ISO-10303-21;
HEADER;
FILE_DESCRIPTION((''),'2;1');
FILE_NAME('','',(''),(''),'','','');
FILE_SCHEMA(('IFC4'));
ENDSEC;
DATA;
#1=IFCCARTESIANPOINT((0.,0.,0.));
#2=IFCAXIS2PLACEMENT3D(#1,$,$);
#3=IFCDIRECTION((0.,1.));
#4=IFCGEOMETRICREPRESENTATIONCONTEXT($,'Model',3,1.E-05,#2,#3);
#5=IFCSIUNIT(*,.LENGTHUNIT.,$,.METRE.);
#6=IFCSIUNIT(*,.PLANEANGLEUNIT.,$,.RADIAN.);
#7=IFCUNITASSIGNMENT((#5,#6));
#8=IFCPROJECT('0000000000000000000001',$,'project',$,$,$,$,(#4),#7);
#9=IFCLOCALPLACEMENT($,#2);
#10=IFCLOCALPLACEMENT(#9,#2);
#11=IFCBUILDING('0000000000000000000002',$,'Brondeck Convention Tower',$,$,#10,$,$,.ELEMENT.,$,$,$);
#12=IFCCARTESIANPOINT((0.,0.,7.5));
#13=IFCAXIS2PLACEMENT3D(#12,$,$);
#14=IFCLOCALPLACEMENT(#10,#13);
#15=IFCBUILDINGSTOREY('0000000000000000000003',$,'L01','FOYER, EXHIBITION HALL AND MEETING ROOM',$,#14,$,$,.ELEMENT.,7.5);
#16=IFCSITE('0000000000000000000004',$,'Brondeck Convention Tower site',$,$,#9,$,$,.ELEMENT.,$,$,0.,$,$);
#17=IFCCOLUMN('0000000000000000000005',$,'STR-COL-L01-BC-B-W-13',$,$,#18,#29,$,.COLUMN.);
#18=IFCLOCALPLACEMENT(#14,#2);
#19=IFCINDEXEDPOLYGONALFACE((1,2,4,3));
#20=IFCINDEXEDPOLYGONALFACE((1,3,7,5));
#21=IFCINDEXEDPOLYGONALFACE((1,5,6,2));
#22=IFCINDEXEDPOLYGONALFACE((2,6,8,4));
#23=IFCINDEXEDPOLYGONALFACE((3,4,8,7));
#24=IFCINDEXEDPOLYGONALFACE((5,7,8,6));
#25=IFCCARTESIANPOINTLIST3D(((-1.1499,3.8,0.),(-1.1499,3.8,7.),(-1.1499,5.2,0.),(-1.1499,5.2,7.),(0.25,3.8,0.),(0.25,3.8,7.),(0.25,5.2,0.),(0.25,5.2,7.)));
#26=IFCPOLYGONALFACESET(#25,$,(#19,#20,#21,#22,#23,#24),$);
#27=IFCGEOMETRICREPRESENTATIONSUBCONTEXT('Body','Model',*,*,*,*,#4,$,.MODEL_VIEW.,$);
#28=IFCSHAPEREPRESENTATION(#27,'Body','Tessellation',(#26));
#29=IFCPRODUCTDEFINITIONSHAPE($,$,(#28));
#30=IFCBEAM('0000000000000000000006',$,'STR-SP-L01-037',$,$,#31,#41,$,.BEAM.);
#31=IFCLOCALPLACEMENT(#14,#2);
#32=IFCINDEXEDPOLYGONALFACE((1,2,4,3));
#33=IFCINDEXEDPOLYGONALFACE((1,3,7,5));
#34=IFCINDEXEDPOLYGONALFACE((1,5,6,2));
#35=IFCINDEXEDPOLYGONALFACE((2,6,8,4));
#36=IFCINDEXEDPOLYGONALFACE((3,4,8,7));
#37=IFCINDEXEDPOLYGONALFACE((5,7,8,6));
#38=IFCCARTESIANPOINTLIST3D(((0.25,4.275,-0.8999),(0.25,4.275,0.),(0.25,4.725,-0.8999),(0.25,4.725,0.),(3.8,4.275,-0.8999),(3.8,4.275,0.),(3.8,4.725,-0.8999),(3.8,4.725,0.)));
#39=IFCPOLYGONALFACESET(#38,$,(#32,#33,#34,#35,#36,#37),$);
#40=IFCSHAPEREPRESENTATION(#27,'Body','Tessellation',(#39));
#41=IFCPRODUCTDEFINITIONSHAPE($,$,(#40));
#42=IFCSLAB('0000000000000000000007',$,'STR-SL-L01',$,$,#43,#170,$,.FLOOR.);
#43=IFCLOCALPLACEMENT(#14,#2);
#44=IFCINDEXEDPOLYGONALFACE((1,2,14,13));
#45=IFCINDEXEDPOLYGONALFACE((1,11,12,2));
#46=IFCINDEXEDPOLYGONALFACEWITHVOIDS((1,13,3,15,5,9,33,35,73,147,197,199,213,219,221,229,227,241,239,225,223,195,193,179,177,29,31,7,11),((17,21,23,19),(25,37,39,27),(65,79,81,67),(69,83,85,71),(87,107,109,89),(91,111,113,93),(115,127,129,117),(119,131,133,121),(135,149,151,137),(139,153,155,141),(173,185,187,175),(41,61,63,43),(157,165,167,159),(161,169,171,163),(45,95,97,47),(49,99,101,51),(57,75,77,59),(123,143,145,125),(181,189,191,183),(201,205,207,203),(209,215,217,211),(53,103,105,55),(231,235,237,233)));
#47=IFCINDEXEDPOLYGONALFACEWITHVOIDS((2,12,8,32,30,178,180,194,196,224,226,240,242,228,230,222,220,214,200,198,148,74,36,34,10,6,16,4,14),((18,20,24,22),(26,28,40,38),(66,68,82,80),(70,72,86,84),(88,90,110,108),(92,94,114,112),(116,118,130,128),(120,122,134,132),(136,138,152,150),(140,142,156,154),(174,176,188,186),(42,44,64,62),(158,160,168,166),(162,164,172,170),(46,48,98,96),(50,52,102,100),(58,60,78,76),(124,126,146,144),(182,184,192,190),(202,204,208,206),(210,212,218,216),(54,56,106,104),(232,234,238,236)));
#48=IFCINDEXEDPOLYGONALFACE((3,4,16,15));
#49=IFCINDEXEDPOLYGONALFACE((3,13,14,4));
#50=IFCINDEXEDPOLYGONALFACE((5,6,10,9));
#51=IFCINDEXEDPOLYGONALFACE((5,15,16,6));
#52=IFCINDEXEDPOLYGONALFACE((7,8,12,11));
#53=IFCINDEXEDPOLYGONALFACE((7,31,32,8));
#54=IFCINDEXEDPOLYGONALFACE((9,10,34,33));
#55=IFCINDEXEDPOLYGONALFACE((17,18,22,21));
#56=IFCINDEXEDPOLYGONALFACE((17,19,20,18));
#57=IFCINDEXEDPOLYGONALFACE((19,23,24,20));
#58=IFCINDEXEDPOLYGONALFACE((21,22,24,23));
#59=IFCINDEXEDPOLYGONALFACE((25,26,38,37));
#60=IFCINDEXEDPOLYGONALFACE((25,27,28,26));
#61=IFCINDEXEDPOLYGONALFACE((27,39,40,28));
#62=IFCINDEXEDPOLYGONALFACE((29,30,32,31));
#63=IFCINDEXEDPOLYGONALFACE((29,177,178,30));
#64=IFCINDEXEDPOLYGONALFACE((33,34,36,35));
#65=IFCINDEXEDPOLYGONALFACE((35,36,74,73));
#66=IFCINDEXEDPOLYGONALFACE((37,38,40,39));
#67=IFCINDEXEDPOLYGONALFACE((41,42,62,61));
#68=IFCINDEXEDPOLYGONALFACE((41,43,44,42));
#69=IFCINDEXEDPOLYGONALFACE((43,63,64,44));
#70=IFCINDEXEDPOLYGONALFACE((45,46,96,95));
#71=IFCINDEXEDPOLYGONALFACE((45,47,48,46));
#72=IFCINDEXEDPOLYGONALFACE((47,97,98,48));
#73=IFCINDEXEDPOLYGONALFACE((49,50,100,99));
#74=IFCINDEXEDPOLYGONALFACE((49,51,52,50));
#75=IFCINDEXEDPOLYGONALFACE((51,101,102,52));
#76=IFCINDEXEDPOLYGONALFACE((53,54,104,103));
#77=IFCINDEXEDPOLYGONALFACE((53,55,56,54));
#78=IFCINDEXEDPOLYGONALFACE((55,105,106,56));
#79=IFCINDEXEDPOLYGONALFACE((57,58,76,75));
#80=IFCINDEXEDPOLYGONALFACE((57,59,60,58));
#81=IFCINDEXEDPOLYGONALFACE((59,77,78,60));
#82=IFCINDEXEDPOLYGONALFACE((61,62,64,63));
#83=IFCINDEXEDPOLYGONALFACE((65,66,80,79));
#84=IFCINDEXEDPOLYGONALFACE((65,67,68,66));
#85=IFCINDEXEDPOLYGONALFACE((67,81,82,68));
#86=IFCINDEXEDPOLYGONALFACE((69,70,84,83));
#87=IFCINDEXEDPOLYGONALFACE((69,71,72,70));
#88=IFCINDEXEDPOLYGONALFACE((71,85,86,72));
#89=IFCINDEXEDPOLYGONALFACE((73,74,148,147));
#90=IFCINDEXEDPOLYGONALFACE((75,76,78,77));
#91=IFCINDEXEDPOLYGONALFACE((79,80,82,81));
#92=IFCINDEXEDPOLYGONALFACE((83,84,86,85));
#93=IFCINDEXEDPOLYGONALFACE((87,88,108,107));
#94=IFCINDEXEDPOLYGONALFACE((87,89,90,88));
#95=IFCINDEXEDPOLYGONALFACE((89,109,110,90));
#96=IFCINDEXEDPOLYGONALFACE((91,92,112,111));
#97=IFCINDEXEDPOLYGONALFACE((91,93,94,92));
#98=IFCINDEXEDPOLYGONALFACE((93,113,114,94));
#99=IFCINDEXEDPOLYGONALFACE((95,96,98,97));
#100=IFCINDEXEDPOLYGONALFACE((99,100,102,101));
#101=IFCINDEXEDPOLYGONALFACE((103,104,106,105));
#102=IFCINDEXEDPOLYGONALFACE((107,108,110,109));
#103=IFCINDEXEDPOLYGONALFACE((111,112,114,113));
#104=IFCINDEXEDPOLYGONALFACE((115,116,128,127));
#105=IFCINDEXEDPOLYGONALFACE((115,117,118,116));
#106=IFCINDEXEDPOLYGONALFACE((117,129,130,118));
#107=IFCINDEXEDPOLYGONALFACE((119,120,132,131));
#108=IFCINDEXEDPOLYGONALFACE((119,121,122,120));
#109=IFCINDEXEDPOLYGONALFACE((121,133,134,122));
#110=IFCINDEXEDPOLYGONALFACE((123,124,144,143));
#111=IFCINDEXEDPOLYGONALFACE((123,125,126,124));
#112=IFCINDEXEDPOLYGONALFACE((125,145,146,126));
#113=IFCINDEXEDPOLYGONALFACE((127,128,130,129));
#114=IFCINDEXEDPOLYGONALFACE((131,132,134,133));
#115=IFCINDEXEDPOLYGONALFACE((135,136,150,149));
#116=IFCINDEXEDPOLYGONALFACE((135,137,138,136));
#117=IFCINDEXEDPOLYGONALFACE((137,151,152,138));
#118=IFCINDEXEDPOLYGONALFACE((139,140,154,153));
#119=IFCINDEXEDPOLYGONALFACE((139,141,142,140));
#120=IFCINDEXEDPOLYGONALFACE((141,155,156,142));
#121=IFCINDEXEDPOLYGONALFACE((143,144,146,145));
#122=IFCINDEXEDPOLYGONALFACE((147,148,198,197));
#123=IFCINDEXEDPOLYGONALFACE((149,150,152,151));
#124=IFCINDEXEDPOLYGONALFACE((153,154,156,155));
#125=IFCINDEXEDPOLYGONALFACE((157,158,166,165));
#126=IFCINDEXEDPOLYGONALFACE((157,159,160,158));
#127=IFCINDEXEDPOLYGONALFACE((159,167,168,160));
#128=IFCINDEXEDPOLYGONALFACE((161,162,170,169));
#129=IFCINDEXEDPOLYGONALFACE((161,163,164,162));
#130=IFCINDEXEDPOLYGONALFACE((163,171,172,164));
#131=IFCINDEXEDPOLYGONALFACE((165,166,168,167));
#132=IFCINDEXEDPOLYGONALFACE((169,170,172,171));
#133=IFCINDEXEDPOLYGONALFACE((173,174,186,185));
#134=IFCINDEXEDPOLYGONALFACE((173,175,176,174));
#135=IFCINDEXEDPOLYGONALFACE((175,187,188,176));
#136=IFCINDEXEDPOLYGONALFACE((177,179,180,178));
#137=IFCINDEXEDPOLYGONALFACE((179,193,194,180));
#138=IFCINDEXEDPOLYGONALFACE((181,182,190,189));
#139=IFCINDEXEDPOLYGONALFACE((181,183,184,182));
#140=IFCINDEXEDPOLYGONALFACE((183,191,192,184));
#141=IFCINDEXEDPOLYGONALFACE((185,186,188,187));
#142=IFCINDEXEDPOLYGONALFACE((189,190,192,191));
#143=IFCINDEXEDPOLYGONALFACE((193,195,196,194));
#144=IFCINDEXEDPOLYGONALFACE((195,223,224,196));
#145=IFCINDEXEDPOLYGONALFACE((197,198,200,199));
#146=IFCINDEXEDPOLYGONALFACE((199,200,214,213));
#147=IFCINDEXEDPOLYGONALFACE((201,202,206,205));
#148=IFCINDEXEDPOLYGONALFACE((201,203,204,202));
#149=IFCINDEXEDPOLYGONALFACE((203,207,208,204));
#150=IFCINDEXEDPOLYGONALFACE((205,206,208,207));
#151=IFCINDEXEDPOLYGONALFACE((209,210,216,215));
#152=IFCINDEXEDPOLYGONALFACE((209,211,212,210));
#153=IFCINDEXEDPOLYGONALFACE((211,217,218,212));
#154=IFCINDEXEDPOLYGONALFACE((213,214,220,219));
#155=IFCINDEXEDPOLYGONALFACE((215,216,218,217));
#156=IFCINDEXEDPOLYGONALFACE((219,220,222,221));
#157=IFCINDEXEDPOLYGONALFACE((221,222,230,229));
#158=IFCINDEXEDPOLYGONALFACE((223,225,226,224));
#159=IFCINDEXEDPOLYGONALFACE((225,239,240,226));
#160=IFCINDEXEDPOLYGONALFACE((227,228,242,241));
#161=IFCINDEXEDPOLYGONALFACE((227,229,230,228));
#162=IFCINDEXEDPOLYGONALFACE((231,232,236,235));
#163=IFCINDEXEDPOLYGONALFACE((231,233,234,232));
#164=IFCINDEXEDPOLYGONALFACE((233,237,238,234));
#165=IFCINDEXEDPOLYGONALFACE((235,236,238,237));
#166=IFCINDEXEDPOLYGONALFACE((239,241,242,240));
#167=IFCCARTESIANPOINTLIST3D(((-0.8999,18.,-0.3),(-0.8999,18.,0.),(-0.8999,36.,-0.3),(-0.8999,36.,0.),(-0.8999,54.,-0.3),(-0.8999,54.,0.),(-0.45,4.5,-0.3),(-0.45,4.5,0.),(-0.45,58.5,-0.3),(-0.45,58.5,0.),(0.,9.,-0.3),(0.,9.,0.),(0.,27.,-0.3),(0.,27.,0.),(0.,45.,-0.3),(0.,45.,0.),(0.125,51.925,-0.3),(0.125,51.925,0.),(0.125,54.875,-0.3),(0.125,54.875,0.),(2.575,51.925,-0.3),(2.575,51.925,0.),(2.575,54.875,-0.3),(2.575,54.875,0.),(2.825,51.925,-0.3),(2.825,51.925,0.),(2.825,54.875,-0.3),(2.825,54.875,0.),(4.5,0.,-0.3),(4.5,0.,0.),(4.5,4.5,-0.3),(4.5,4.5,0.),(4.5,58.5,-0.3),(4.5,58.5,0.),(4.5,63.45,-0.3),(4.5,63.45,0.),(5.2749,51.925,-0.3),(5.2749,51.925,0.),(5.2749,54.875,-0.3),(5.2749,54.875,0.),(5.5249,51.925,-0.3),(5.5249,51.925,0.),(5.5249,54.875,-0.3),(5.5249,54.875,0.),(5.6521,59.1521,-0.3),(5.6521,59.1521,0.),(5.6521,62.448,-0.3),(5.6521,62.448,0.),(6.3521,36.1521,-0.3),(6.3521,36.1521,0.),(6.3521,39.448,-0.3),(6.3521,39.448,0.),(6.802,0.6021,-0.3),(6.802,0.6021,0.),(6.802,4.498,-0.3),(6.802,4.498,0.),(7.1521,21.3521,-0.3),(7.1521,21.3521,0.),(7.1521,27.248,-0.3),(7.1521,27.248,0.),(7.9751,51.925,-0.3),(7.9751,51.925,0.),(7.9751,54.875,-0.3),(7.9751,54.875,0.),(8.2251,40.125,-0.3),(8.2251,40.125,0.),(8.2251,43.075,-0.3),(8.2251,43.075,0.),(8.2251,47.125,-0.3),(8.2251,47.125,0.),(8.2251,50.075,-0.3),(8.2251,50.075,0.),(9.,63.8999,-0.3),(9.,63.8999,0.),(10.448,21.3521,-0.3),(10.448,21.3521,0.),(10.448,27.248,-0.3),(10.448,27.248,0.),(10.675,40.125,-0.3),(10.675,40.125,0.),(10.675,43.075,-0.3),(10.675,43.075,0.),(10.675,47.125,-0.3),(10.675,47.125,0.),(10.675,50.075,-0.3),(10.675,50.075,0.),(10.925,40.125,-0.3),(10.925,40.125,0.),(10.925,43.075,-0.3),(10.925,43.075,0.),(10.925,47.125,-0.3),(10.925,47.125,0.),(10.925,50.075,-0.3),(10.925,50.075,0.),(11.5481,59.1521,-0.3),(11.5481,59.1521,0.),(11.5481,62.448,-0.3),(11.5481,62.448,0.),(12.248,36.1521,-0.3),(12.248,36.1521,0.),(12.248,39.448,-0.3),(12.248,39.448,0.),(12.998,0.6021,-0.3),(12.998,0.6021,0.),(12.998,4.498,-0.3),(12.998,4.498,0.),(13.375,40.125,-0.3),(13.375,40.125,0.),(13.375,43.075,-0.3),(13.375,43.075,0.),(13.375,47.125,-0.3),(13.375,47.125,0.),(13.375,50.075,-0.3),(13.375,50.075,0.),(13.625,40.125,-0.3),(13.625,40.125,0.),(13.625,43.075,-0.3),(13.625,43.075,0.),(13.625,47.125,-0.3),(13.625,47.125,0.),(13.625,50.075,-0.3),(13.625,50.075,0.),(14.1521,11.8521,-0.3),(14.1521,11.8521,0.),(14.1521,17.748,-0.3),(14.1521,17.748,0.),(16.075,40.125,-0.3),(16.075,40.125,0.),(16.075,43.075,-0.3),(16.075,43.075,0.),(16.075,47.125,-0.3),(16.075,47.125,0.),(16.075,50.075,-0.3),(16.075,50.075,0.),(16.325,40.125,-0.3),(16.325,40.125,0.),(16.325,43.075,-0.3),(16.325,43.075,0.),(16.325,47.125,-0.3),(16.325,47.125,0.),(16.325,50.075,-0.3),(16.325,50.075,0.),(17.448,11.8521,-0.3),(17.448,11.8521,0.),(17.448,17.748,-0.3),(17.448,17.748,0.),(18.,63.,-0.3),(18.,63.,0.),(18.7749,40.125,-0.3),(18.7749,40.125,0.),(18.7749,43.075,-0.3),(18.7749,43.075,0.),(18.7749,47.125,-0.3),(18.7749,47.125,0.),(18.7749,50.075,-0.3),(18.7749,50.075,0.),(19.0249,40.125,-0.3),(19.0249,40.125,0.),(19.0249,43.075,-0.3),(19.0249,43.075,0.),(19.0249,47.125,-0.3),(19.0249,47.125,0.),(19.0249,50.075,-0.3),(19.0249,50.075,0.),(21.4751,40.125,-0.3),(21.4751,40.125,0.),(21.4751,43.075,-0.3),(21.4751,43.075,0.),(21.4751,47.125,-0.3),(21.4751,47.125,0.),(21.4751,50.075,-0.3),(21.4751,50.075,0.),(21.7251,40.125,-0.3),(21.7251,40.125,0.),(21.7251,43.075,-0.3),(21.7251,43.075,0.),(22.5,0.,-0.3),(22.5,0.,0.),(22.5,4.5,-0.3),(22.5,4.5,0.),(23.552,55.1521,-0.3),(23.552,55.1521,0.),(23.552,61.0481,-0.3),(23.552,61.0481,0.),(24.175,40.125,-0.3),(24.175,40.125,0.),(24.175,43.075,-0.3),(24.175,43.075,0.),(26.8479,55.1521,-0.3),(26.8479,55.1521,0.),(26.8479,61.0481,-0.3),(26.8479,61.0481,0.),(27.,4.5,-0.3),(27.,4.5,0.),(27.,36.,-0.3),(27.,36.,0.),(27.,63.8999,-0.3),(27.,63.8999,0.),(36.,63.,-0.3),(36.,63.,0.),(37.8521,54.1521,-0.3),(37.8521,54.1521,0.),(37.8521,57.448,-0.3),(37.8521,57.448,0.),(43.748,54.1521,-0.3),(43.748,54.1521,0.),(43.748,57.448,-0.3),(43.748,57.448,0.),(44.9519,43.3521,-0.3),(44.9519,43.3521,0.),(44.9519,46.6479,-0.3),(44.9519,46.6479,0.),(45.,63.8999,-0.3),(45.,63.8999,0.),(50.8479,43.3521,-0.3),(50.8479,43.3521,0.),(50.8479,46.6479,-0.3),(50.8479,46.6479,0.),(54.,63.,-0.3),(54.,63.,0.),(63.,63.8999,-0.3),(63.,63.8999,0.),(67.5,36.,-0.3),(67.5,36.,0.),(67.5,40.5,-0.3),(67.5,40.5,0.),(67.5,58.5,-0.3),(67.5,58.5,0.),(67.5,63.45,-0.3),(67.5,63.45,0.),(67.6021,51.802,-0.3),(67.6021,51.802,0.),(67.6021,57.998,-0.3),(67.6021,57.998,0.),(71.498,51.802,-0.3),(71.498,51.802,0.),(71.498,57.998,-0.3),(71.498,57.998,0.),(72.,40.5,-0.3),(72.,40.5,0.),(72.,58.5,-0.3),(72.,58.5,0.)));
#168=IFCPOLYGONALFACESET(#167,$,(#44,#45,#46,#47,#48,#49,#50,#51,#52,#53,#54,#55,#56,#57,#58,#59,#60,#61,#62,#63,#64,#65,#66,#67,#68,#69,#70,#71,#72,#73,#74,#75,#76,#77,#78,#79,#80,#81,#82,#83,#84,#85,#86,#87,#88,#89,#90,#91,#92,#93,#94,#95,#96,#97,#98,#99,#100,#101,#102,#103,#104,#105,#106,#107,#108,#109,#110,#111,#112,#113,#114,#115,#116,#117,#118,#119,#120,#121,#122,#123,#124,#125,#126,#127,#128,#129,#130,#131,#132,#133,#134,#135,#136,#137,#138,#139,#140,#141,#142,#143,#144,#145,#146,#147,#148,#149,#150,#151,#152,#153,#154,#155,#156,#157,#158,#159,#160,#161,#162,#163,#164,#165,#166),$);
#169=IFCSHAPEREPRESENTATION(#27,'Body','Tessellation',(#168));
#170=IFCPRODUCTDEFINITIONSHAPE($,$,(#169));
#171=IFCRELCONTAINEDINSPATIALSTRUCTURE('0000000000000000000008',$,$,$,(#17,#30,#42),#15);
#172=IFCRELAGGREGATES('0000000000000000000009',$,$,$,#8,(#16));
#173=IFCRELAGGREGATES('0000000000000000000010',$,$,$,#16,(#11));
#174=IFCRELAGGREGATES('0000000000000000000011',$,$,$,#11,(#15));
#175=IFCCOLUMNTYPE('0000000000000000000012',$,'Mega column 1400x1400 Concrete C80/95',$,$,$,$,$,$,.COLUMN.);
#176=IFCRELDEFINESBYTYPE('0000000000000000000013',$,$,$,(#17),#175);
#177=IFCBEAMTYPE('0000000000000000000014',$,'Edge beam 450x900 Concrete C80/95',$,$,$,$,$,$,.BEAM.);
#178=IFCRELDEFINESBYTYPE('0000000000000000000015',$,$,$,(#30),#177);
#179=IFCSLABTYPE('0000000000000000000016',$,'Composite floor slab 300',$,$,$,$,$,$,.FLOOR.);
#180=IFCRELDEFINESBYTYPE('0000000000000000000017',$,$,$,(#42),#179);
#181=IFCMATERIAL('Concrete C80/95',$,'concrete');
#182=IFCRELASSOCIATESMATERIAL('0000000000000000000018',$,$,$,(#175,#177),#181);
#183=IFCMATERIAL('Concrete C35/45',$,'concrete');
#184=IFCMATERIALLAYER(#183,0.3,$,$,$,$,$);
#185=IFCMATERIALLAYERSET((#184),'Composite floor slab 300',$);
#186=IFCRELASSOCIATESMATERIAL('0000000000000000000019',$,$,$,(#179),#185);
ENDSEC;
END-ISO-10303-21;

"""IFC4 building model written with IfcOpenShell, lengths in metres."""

from ifc_helpers import new_model, si_unit, direction, frame, origin, origin_2d, place, context, subcontext, project, spatial, polyline, rectangle, outline, extrude, material, layer, layer_set, material_profile, profile_set, type_object, element, save


model = new_model("IFC4")

# Units and contexts
model_context = context("Model", 3, precision=1e-05, world=origin(), true_north=direction((0.0, 1.0)))
body_context = subcontext(model_context, "Body", "Model", "MODEL_VIEW")
ifc_project = project(units=[si_unit("LENGTHUNIT", "METRE"), si_unit("PLANEANGLEUNIT", "RADIAN")], contexts=[model_context])

# Site, building, storey
site_placement = place(None, origin())
site = spatial("IfcSite", under=ifc_project, at=site_placement, Name="Brondeck Convention Tower site", CompositionType="ELEMENT", RefElevation=0.0)
building_placement = place(site_placement, origin())
building = spatial("IfcBuilding", under=site, at=building_placement, Name="Brondeck Convention Tower", CompositionType="ELEMENT")
storey_placement = place(building_placement, frame((0.0, 0.0, 7.5)))
storey = spatial("IfcBuildingStorey", under=building, at=storey_placement, Name="L01", Description="FOYER, EXHIBITION HALL AND MEETING ROOM", CompositionType="ELEMENT", Elevation=7.5)

# Column
ifc_material_1 = material(Name="Concrete C80/95", Category="concrete")
ifc_material_profile_1 = material_profile(ifc_material_1, rectangle(XDim=1.3999, YDim=1.3999, at=origin_2d()), Name="Mega column 1400x1400 Concrete C80/95")
ifc_profile_set_1 = profile_set([ifc_material_profile_1], Name="Concrete C80/95")
column_type = type_object("IfcColumnType", Name="Mega column 1400x1400 Concrete C80/95", PredefinedType="COLUMN", material=ifc_profile_set_1)
column_placement = place(storey_placement, frame((-0.45, 4.5, 0.0), z_axis=(0.0, 0.0, 1.0), x_axis=(1.0, 0.0, 0.0)))
element("IfcColumn", 1, at=column_placement, inside=storey, type_object=column_type, Name="STR-COL-L01-BC-B-W-13", PredefinedType="COLUMN", context=body_context, shape_type="SweptSolid", body=[
    extrude(rectangle(XDim=1.3999, YDim=1.3999, at=origin_2d()), origin(), (0.0, 0.0, 1.0), 7.0),
])

# Beam
ifc_material_profile_2 = material_profile(ifc_material_1, rectangle(XDim=0.45, YDim=0.8999, at=origin_2d()), Name="Edge beam 450x900 Concrete C80/95")
ifc_profile_set_2 = profile_set([ifc_material_profile_2], Name="Concrete C80/95")
beam_type = type_object("IfcBeamType", Name="Edge beam 450x900 Concrete C80/95", PredefinedType="BEAM", material=ifc_profile_set_2)
beam_placement = place(storey_placement, frame((0.25, 4.5, -0.45), z_axis=(1.0, 0.0, 0.0), x_axis=(0.0, 1.0, 0.0)))
element("IfcBeam", 2, at=beam_placement, inside=storey, type_object=beam_type, Name="STR-SP-L01-037", PredefinedType="BEAM", context=body_context, shape_type="SweptSolid", body=[
    extrude(rectangle(XDim=0.45, YDim=0.8999, at=origin_2d()), origin(), (0.0, 0.0, 1.0), 3.55),
])

# Slab
ifc_material_2 = material(Name="Concrete C35/45", Category="concrete")
ifc_layer_1 = layer(ifc_material_2, 0.3)
ifc_layer_set_1 = layer_set([ifc_layer_1], Name="Composite floor slab 300")
slab_type_1 = type_object("IfcSlabType", Name="Composite floor slab 300", PredefinedType="FLOOR", material=ifc_layer_set_1)
slab_1_placement = place(storey_placement, frame((0.0, 0.0, -0.3)))
element("IfcSlab", 3, at=slab_1_placement, inside=storey, type_object=slab_type_1, Name="STR-SL-L01", PredefinedType="FLOOR", context=body_context, shape_type="SweptSolid", body=[
    extrude(outline(polyline([(4.5, 4.5), (-0.45, 4.5), (0.0, 9.0), (-0.8999, 18.0), (0.0, 27.0), (-0.8999, 36.0), (0.0, 45.0), (-0.8999, 54.0), (-0.45, 58.5), (4.5, 58.5), (4.5, 63.45), (9.0, 63.8999), (18.0, 63.0), (27.0, 63.8999), (36.0, 63.0), (45.0, 63.8999), (54.0, 63.0), (63.0, 63.8999), (67.5, 63.45), (67.5, 58.5), (72.0, 58.5), (72.0, 40.5), (67.5, 40.5), (67.5, 36.0), (27.0, 36.0), (27.0, 4.5), (22.5, 4.5), (22.5, 0.0), (4.5, 0.0), (4.5, 4.5)]), holes=[polyline([(12.998, 0.6021), (12.998, 4.498), (6.802, 4.498), (6.802, 0.6021), (12.998, 0.6021)]), polyline([(10.448, 27.248), (7.1521, 27.248), (7.1521, 21.3521), (10.448, 21.3521), (10.448, 27.248)]), polyline([(12.248, 36.1521), (12.248, 39.448), (6.3521, 39.448), (6.3521, 36.1521), (12.248, 36.1521)]), polyline([(8.2251, 40.125), (10.675, 40.125), (10.675, 43.075), (8.2251, 43.075), (8.2251, 40.125)]), polyline([(10.925, 40.125), (13.375, 40.125), (13.375, 43.075), (10.925, 43.075), (10.925, 40.125)]), polyline([(10.675, 47.125), (10.675, 50.075), (8.2251, 50.075), (8.2251, 47.125), (10.675, 47.125)]), polyline([(10.925, 47.125), (13.375, 47.125), (13.375, 50.075), (10.925, 50.075), (10.925, 47.125)]), polyline([(13.625, 47.125), (16.075, 47.125), (16.075, 50.075), (13.625, 50.075), (13.625, 47.125)]), polyline([(2.575, 51.925), (2.575, 54.875), (0.125, 54.875), (0.125, 51.925), (2.575, 51.925)]), polyline([(2.825, 51.925), (5.2749, 51.925), (5.2749, 54.875), (2.825, 54.875), (2.825, 51.925)]), polyline([(5.5249, 51.925), (7.9751, 51.925), (7.9751, 54.875), (5.5249, 54.875), (5.5249, 51.925)]), polyline([(5.6521, 62.448), (5.6521, 59.1521), (11.5481, 59.1521), (11.5481, 62.448), (5.6521, 62.448)]), polyline([(17.448, 11.8521), (17.448, 17.748), (14.1521, 17.748), (14.1521, 11.8521), (17.448, 11.8521)]), polyline([(13.625, 40.125), (16.075, 40.125), (16.075, 43.075), (13.625, 43.075), (13.625, 40.125)]), polyline([(18.7749, 40.125), (18.7749, 43.075), (16.325, 43.075), (16.325, 40.125), (18.7749, 40.125)]), polyline([(19.0249, 40.125), (21.4751, 40.125), (21.4751, 43.075), (19.0249, 43.075), (19.0249, 40.125)]), polyline([(21.7251, 40.125), (24.175, 40.125), (24.175, 43.075), (21.7251, 43.075), (21.7251, 40.125)]), polyline([(50.8479, 43.3521), (50.8479, 46.6479), (44.9519, 46.6479), (44.9519, 43.3521), (50.8479, 43.3521)]), polyline([(16.325, 47.125), (18.7749, 47.125), (18.7749, 50.075), (16.325, 50.075), (16.325, 47.125)]), polyline([(19.0249, 47.125), (21.4751, 47.125), (21.4751, 50.075), (19.0249, 50.075), (19.0249, 47.125)]), polyline([(71.498, 57.998), (67.6021, 57.998), (67.6021, 51.802), (71.498, 51.802), (71.498, 57.998)]), polyline([(37.8521, 54.1521), (43.748, 54.1521), (43.748, 57.448), (37.8521, 57.448), (37.8521, 54.1521)]), polyline([(23.552, 61.0481), (23.552, 55.1521), (26.8479, 55.1521), (26.8479, 61.0481), (23.552, 61.0481)])]), origin(), (0.0, 0.0, 1.0), 0.3),
])

save(model, "model.ifc")
